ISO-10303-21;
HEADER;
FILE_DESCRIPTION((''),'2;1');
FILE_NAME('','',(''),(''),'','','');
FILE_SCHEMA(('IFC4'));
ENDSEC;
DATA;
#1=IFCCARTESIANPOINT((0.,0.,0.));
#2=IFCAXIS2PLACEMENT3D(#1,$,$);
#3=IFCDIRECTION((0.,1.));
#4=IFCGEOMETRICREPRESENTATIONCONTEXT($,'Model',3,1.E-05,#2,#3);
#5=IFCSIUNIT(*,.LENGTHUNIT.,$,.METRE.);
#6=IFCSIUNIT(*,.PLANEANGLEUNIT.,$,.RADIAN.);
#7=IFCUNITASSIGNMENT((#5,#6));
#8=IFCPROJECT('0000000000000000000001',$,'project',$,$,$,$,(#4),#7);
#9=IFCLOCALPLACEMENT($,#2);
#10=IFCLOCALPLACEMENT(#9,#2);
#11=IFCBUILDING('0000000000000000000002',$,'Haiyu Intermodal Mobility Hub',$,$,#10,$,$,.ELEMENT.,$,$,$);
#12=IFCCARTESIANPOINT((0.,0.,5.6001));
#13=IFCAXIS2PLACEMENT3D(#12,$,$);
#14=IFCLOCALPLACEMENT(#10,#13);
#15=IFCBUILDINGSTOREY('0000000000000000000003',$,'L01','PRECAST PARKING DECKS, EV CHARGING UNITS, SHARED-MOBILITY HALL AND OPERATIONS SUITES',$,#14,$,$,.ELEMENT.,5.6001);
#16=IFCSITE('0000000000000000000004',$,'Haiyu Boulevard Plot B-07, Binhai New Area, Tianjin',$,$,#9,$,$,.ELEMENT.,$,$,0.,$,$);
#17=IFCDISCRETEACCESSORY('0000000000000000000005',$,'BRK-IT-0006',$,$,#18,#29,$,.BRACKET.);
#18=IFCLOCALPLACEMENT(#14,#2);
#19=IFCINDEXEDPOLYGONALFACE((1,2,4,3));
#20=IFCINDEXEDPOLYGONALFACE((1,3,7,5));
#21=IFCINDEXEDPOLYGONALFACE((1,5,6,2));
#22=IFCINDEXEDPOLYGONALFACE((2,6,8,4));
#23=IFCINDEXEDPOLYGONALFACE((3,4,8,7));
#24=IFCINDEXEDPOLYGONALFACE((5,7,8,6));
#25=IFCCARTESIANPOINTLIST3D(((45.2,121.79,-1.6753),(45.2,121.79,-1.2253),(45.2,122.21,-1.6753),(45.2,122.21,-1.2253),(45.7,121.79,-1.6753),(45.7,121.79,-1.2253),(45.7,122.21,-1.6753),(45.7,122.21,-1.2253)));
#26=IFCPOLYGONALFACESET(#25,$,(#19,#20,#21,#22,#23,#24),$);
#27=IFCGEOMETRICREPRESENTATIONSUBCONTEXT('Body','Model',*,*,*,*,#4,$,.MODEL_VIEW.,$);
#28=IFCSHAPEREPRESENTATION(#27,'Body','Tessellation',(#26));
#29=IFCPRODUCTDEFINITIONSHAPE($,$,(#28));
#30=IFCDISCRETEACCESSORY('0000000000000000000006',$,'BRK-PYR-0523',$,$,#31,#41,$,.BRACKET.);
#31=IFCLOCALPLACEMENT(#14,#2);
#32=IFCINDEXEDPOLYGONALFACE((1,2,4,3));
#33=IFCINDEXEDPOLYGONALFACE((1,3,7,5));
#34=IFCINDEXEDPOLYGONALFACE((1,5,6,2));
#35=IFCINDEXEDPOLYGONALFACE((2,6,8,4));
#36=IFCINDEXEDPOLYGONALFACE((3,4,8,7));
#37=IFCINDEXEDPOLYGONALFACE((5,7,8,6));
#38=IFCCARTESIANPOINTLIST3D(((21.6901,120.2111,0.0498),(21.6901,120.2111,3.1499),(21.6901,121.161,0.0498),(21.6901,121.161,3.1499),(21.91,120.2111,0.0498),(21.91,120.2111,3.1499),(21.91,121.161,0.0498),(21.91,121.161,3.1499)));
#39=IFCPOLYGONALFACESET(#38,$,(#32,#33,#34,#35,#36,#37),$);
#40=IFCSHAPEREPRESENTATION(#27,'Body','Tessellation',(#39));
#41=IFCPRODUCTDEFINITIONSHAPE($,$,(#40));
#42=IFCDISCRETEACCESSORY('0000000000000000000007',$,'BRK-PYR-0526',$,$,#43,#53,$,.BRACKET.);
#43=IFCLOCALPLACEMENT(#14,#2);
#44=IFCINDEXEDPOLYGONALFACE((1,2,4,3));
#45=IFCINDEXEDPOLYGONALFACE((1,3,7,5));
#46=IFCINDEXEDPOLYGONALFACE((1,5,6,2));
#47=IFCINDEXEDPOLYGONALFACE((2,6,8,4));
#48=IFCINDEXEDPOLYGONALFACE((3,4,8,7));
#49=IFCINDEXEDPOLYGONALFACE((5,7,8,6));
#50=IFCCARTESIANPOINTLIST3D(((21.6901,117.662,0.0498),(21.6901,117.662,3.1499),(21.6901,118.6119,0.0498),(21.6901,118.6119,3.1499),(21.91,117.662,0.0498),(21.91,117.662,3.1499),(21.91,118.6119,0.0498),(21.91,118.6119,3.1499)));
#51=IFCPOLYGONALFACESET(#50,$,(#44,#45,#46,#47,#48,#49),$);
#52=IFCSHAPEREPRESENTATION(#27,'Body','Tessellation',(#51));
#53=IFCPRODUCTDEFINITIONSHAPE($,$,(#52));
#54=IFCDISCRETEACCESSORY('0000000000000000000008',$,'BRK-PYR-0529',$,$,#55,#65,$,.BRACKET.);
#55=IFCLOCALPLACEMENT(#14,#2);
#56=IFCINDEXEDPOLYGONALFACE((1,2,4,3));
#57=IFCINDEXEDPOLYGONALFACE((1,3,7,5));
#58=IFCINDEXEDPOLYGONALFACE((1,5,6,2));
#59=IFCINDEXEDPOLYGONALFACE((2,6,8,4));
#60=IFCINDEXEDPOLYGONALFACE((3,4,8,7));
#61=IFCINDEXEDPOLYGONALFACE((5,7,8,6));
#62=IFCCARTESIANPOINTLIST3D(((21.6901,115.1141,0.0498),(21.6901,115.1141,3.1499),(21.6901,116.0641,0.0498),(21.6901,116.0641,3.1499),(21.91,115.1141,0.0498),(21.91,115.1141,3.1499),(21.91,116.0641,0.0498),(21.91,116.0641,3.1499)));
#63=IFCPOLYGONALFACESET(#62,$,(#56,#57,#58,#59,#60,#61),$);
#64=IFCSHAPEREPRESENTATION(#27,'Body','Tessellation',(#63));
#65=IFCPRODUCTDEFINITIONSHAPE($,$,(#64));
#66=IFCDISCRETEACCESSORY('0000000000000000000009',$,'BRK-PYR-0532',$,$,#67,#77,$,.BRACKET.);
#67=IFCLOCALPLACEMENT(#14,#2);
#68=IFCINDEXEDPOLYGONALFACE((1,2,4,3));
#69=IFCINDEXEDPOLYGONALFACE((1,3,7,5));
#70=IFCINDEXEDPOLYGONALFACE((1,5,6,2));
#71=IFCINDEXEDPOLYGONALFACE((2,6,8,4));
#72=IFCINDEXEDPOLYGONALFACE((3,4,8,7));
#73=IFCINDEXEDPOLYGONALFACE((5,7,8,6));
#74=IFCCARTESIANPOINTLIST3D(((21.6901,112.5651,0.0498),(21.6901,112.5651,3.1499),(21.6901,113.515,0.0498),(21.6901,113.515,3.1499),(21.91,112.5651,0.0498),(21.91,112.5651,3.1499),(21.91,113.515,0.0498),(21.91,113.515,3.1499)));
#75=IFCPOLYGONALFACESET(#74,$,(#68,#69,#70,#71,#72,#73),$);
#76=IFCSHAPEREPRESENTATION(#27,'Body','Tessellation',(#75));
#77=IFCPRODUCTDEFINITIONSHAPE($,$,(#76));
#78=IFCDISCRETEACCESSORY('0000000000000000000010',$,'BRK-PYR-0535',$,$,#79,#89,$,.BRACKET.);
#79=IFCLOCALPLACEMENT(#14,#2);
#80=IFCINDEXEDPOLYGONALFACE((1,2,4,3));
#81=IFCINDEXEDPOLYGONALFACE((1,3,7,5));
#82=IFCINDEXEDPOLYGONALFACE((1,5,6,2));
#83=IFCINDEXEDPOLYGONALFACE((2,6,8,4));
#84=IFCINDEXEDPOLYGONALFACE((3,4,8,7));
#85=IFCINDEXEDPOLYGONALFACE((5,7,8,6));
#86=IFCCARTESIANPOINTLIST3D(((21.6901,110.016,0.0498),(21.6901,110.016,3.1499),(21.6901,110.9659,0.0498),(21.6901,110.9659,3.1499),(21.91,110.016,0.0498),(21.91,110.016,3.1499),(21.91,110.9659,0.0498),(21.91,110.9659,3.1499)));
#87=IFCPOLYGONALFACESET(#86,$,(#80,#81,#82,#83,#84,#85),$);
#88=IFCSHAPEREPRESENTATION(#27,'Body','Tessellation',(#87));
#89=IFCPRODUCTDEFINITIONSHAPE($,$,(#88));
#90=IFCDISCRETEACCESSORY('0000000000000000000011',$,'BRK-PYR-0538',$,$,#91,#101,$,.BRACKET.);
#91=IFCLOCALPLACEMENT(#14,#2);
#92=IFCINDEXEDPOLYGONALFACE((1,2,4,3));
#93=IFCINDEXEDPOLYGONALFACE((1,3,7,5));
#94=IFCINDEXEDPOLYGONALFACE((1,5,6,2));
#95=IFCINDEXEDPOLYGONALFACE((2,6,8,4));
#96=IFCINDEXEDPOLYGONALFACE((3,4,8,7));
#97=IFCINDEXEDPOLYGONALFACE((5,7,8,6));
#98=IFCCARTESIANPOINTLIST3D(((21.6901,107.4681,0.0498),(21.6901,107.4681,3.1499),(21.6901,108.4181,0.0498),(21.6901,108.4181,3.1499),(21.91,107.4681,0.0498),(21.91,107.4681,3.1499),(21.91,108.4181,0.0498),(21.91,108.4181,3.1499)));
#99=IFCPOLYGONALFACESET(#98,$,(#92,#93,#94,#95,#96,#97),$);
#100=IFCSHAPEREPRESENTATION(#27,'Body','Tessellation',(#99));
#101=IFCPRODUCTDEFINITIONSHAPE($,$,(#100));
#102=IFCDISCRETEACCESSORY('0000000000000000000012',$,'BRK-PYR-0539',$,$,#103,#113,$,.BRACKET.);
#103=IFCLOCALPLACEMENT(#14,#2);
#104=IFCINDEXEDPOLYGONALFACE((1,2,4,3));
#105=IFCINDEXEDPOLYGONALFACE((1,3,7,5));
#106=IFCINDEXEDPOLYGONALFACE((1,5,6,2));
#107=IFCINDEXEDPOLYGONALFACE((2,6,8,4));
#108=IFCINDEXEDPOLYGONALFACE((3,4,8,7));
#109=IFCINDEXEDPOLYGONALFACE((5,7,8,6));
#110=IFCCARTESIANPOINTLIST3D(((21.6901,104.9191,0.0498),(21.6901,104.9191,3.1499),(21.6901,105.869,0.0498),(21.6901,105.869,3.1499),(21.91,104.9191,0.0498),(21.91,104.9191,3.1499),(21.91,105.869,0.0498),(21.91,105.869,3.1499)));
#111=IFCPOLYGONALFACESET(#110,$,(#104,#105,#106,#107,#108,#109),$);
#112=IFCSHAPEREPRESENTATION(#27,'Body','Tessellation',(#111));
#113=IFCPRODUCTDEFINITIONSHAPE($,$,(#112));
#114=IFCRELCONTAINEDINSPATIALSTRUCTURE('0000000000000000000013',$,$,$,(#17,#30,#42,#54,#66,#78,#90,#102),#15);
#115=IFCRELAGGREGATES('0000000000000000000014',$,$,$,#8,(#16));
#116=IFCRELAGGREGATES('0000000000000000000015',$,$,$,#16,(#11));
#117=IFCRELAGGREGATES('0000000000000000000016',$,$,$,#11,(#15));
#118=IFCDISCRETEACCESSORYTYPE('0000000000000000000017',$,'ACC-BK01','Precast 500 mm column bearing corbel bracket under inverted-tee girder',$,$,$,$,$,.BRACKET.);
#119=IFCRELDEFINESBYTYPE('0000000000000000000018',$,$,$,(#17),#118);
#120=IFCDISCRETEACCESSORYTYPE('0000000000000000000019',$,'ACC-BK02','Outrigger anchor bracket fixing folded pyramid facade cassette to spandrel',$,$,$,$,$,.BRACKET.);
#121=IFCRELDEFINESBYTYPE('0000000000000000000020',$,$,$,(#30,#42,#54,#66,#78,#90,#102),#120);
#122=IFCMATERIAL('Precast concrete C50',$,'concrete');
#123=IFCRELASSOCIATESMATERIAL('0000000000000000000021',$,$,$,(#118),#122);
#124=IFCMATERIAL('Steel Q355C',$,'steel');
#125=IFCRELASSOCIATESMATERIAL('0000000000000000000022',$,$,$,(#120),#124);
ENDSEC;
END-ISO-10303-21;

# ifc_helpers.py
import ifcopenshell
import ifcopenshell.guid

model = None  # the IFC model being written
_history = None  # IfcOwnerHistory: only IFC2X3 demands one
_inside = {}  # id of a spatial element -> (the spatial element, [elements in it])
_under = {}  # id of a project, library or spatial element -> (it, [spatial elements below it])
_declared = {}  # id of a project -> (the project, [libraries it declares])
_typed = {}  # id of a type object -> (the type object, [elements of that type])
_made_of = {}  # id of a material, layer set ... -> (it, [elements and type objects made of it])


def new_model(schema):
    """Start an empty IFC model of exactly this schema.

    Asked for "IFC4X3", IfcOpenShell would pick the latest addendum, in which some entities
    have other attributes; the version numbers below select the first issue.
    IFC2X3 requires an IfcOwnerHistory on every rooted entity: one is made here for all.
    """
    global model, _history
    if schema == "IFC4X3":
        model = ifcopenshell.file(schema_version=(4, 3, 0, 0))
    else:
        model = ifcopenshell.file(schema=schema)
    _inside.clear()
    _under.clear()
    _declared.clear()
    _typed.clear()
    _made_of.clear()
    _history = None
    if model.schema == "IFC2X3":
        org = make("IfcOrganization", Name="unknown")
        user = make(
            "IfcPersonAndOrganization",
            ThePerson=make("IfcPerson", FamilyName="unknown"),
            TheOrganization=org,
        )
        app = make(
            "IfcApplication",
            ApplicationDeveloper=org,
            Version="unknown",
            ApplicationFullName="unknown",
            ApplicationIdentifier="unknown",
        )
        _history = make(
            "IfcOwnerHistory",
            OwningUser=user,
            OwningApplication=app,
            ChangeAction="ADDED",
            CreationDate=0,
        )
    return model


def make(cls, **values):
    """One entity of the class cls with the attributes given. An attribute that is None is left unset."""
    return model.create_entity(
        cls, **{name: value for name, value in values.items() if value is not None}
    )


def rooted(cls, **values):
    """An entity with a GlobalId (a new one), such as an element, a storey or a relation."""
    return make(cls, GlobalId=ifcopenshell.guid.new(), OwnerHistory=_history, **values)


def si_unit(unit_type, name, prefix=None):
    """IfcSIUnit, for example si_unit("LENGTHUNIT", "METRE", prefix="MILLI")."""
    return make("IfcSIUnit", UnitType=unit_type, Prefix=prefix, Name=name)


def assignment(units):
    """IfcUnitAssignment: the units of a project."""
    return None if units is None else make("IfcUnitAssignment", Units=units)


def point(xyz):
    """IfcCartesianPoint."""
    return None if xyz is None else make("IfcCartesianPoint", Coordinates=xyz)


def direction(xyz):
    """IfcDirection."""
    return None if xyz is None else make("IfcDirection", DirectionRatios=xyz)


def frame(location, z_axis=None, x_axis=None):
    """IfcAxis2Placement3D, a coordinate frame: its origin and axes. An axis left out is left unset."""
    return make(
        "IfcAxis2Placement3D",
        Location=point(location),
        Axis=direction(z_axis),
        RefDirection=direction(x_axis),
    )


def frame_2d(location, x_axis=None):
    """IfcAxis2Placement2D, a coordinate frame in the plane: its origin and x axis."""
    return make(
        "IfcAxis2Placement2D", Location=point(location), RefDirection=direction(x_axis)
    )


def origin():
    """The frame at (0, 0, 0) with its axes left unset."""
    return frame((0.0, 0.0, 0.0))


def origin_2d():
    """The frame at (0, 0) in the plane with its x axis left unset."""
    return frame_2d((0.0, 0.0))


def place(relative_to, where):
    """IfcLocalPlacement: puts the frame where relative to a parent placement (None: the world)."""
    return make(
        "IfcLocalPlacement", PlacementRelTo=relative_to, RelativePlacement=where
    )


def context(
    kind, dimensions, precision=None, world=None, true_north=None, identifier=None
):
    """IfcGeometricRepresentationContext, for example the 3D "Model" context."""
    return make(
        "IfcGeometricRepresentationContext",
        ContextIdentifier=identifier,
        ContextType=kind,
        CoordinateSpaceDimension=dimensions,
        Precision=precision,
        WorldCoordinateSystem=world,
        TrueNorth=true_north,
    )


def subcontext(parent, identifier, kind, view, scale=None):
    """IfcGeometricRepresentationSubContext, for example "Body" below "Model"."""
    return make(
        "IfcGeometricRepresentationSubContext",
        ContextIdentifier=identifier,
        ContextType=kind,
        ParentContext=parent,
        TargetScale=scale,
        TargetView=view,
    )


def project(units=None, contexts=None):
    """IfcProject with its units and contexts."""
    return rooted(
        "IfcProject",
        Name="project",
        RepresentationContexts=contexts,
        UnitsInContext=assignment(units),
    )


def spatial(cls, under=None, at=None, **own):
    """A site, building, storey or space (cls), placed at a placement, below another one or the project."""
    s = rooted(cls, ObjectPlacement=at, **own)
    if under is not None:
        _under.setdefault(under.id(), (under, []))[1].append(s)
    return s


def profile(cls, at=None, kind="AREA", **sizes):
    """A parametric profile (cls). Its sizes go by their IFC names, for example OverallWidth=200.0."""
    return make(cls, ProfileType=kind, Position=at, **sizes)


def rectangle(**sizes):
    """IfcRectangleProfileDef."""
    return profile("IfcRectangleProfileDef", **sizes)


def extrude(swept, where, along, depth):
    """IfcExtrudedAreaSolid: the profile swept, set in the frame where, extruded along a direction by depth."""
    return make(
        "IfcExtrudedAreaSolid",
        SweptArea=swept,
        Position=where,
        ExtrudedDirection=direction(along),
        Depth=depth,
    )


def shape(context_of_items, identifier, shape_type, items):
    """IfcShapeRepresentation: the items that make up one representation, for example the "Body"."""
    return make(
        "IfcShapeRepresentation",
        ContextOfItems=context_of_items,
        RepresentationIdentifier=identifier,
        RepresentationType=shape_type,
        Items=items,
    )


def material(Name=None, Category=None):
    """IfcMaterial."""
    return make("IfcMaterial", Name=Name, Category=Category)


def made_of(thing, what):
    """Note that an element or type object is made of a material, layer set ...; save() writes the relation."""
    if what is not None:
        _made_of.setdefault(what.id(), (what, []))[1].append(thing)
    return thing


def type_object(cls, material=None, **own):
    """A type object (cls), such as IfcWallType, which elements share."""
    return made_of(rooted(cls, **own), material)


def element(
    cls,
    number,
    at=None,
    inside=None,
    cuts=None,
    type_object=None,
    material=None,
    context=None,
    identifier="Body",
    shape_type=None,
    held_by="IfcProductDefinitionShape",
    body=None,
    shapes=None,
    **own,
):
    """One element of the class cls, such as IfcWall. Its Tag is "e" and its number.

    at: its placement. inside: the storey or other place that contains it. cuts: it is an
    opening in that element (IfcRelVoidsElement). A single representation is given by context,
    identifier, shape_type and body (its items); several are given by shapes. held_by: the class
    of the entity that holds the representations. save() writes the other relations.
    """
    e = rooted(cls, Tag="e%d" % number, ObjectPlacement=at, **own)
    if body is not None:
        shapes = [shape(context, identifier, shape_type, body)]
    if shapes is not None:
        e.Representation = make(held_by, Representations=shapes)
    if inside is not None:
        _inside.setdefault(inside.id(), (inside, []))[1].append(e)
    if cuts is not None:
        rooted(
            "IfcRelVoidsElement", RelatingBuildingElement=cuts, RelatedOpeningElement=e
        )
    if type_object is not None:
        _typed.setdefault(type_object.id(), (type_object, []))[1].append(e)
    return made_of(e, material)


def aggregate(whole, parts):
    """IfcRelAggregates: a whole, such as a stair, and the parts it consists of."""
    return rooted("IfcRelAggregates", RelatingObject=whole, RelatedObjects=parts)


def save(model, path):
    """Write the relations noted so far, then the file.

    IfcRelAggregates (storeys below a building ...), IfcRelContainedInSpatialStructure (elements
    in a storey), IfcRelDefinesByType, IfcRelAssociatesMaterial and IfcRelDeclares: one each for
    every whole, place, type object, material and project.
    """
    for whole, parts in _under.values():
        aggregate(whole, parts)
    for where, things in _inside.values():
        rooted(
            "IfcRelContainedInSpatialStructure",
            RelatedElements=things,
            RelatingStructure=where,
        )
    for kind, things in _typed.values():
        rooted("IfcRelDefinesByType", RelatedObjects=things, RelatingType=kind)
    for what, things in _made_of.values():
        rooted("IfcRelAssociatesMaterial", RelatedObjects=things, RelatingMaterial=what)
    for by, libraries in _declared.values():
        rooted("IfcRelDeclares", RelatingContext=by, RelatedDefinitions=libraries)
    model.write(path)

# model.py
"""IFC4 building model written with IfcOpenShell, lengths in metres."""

from ifc_helpers import new_model, si_unit, direction, frame, origin, origin_2d, place, context, subcontext, project, spatial, rectangle, extrude, material, type_object, element, save


model = new_model("IFC4")

# Units and contexts
model_context = context("Model", 3, precision=1e-05, world=origin(), true_north=direction((0.0, 1.0)))
body_context = subcontext(model_context, "Body", "Model", "MODEL_VIEW")
ifc_project = project(units=[si_unit("LENGTHUNIT", "METRE"), si_unit("PLANEANGLEUNIT", "RADIAN")], contexts=[model_context])

# Site, building, storey
site_placement = place(None, origin())
site = spatial("IfcSite", under=ifc_project, at=site_placement, Name="Haiyu Boulevard Plot B-07, Binhai New Area, Tianjin", CompositionType="ELEMENT", RefElevation=0.0)
building_placement = place(site_placement, origin())
building = spatial("IfcBuilding", under=site, at=building_placement, Name="Haiyu Intermodal Mobility Hub", CompositionType="ELEMENT")
storey_placement = place(building_placement, frame((0.0, 0.0, 5.6001)))
storey = spatial("IfcBuildingStorey", under=building, at=storey_placement, Name="L01", Description="PRECAST PARKING DECKS, EV CHARGING UNITS, SHARED-MOBILITY HALL AND OPERATIONS SUITES", CompositionType="ELEMENT", Elevation=5.6001)

# Shared definitions
ifc_material_1 = material(Name="Precast concrete C50", Category="concrete")

# Shared definitions
ifc_material_2 = material(Name="Steel Q355C", Category="steel")

# Discrete accessories
discrete_accessory_type_1 = type_object("IfcDiscreteAccessoryType", Name="ACC-BK01", Description="Precast 500 mm column bearing corbel bracket under inverted-tee girder", PredefinedType="BRACKET", material=ifc_material_1)
for number, where, z_axis, x_axis, name in (
    (1, (45.45, 122.0, -1.6753), (0.0, 0.0, 1.0), (1.0, 0.0, 0.0), "BRK-IT-0006"),
):
    element("IfcDiscreteAccessory", number, at=place(storey_placement, frame(where, z_axis=z_axis, x_axis=x_axis)), inside=storey, type_object=discrete_accessory_type_1, Name=name, PredefinedType="BRACKET", context=body_context, shape_type="SweptSolid", body=[
        extrude(rectangle(XDim=0.5, YDim=0.4199, at=origin_2d()), origin(), (0.0, 0.0, 1.0), 0.45),
    ])
discrete_accessory_type_2 = type_object("IfcDiscreteAccessoryType", Name="ACC-BK02", Description="Outrigger anchor bracket fixing folded pyramid facade cassette to spandrel", PredefinedType="BRACKET", material=ifc_material_2)
for number, where, z_axis, x_axis, name in (
    (2, (21.8, 120.686, 0.0498), (0.0, 0.0, 1.0), (1.0, 0.0, 0.0), "BRK-PYR-0523"),
    (3, (21.8, 118.137, 0.0498), (0.0, 0.0, 1.0), (1.0, 0.0, 0.0), "BRK-PYR-0526"),
    (4, (21.8, 115.5891, 0.0498), (0.0, 0.0, 1.0), (1.0, 0.0, 0.0), "BRK-PYR-0529"),
    (5, (21.8, 113.04, 0.0498), (0.0, 0.0, 1.0), (1.0, 0.0, 0.0), "BRK-PYR-0532"),
    (6, (21.8, 110.491, 0.0498), (0.0, 0.0, 1.0), (1.0, 0.0, 0.0), "BRK-PYR-0535"),
    (7, (21.8, 107.9431, 0.0498), (0.0, 0.0, 1.0), (1.0, 0.0, 0.0), "BRK-PYR-0538"),
    (8, (21.8, 105.394, 0.0498), (0.0, 0.0, 1.0), (1.0, 0.0, 0.0), "BRK-PYR-0539"),
):
    element("IfcDiscreteAccessory", number, at=place(storey_placement, frame(where, z_axis=z_axis, x_axis=x_axis)), inside=storey, type_object=discrete_accessory_type_2, Name=name, PredefinedType="BRACKET", context=body_context, shape_type="SweptSolid", body=[
        extrude(rectangle(XDim=0.22, YDim=0.95, at=origin_2d()), origin(), (0.0, 0.0, 1.0), 3.1001),
    ])

save(model, "model.ifc")
